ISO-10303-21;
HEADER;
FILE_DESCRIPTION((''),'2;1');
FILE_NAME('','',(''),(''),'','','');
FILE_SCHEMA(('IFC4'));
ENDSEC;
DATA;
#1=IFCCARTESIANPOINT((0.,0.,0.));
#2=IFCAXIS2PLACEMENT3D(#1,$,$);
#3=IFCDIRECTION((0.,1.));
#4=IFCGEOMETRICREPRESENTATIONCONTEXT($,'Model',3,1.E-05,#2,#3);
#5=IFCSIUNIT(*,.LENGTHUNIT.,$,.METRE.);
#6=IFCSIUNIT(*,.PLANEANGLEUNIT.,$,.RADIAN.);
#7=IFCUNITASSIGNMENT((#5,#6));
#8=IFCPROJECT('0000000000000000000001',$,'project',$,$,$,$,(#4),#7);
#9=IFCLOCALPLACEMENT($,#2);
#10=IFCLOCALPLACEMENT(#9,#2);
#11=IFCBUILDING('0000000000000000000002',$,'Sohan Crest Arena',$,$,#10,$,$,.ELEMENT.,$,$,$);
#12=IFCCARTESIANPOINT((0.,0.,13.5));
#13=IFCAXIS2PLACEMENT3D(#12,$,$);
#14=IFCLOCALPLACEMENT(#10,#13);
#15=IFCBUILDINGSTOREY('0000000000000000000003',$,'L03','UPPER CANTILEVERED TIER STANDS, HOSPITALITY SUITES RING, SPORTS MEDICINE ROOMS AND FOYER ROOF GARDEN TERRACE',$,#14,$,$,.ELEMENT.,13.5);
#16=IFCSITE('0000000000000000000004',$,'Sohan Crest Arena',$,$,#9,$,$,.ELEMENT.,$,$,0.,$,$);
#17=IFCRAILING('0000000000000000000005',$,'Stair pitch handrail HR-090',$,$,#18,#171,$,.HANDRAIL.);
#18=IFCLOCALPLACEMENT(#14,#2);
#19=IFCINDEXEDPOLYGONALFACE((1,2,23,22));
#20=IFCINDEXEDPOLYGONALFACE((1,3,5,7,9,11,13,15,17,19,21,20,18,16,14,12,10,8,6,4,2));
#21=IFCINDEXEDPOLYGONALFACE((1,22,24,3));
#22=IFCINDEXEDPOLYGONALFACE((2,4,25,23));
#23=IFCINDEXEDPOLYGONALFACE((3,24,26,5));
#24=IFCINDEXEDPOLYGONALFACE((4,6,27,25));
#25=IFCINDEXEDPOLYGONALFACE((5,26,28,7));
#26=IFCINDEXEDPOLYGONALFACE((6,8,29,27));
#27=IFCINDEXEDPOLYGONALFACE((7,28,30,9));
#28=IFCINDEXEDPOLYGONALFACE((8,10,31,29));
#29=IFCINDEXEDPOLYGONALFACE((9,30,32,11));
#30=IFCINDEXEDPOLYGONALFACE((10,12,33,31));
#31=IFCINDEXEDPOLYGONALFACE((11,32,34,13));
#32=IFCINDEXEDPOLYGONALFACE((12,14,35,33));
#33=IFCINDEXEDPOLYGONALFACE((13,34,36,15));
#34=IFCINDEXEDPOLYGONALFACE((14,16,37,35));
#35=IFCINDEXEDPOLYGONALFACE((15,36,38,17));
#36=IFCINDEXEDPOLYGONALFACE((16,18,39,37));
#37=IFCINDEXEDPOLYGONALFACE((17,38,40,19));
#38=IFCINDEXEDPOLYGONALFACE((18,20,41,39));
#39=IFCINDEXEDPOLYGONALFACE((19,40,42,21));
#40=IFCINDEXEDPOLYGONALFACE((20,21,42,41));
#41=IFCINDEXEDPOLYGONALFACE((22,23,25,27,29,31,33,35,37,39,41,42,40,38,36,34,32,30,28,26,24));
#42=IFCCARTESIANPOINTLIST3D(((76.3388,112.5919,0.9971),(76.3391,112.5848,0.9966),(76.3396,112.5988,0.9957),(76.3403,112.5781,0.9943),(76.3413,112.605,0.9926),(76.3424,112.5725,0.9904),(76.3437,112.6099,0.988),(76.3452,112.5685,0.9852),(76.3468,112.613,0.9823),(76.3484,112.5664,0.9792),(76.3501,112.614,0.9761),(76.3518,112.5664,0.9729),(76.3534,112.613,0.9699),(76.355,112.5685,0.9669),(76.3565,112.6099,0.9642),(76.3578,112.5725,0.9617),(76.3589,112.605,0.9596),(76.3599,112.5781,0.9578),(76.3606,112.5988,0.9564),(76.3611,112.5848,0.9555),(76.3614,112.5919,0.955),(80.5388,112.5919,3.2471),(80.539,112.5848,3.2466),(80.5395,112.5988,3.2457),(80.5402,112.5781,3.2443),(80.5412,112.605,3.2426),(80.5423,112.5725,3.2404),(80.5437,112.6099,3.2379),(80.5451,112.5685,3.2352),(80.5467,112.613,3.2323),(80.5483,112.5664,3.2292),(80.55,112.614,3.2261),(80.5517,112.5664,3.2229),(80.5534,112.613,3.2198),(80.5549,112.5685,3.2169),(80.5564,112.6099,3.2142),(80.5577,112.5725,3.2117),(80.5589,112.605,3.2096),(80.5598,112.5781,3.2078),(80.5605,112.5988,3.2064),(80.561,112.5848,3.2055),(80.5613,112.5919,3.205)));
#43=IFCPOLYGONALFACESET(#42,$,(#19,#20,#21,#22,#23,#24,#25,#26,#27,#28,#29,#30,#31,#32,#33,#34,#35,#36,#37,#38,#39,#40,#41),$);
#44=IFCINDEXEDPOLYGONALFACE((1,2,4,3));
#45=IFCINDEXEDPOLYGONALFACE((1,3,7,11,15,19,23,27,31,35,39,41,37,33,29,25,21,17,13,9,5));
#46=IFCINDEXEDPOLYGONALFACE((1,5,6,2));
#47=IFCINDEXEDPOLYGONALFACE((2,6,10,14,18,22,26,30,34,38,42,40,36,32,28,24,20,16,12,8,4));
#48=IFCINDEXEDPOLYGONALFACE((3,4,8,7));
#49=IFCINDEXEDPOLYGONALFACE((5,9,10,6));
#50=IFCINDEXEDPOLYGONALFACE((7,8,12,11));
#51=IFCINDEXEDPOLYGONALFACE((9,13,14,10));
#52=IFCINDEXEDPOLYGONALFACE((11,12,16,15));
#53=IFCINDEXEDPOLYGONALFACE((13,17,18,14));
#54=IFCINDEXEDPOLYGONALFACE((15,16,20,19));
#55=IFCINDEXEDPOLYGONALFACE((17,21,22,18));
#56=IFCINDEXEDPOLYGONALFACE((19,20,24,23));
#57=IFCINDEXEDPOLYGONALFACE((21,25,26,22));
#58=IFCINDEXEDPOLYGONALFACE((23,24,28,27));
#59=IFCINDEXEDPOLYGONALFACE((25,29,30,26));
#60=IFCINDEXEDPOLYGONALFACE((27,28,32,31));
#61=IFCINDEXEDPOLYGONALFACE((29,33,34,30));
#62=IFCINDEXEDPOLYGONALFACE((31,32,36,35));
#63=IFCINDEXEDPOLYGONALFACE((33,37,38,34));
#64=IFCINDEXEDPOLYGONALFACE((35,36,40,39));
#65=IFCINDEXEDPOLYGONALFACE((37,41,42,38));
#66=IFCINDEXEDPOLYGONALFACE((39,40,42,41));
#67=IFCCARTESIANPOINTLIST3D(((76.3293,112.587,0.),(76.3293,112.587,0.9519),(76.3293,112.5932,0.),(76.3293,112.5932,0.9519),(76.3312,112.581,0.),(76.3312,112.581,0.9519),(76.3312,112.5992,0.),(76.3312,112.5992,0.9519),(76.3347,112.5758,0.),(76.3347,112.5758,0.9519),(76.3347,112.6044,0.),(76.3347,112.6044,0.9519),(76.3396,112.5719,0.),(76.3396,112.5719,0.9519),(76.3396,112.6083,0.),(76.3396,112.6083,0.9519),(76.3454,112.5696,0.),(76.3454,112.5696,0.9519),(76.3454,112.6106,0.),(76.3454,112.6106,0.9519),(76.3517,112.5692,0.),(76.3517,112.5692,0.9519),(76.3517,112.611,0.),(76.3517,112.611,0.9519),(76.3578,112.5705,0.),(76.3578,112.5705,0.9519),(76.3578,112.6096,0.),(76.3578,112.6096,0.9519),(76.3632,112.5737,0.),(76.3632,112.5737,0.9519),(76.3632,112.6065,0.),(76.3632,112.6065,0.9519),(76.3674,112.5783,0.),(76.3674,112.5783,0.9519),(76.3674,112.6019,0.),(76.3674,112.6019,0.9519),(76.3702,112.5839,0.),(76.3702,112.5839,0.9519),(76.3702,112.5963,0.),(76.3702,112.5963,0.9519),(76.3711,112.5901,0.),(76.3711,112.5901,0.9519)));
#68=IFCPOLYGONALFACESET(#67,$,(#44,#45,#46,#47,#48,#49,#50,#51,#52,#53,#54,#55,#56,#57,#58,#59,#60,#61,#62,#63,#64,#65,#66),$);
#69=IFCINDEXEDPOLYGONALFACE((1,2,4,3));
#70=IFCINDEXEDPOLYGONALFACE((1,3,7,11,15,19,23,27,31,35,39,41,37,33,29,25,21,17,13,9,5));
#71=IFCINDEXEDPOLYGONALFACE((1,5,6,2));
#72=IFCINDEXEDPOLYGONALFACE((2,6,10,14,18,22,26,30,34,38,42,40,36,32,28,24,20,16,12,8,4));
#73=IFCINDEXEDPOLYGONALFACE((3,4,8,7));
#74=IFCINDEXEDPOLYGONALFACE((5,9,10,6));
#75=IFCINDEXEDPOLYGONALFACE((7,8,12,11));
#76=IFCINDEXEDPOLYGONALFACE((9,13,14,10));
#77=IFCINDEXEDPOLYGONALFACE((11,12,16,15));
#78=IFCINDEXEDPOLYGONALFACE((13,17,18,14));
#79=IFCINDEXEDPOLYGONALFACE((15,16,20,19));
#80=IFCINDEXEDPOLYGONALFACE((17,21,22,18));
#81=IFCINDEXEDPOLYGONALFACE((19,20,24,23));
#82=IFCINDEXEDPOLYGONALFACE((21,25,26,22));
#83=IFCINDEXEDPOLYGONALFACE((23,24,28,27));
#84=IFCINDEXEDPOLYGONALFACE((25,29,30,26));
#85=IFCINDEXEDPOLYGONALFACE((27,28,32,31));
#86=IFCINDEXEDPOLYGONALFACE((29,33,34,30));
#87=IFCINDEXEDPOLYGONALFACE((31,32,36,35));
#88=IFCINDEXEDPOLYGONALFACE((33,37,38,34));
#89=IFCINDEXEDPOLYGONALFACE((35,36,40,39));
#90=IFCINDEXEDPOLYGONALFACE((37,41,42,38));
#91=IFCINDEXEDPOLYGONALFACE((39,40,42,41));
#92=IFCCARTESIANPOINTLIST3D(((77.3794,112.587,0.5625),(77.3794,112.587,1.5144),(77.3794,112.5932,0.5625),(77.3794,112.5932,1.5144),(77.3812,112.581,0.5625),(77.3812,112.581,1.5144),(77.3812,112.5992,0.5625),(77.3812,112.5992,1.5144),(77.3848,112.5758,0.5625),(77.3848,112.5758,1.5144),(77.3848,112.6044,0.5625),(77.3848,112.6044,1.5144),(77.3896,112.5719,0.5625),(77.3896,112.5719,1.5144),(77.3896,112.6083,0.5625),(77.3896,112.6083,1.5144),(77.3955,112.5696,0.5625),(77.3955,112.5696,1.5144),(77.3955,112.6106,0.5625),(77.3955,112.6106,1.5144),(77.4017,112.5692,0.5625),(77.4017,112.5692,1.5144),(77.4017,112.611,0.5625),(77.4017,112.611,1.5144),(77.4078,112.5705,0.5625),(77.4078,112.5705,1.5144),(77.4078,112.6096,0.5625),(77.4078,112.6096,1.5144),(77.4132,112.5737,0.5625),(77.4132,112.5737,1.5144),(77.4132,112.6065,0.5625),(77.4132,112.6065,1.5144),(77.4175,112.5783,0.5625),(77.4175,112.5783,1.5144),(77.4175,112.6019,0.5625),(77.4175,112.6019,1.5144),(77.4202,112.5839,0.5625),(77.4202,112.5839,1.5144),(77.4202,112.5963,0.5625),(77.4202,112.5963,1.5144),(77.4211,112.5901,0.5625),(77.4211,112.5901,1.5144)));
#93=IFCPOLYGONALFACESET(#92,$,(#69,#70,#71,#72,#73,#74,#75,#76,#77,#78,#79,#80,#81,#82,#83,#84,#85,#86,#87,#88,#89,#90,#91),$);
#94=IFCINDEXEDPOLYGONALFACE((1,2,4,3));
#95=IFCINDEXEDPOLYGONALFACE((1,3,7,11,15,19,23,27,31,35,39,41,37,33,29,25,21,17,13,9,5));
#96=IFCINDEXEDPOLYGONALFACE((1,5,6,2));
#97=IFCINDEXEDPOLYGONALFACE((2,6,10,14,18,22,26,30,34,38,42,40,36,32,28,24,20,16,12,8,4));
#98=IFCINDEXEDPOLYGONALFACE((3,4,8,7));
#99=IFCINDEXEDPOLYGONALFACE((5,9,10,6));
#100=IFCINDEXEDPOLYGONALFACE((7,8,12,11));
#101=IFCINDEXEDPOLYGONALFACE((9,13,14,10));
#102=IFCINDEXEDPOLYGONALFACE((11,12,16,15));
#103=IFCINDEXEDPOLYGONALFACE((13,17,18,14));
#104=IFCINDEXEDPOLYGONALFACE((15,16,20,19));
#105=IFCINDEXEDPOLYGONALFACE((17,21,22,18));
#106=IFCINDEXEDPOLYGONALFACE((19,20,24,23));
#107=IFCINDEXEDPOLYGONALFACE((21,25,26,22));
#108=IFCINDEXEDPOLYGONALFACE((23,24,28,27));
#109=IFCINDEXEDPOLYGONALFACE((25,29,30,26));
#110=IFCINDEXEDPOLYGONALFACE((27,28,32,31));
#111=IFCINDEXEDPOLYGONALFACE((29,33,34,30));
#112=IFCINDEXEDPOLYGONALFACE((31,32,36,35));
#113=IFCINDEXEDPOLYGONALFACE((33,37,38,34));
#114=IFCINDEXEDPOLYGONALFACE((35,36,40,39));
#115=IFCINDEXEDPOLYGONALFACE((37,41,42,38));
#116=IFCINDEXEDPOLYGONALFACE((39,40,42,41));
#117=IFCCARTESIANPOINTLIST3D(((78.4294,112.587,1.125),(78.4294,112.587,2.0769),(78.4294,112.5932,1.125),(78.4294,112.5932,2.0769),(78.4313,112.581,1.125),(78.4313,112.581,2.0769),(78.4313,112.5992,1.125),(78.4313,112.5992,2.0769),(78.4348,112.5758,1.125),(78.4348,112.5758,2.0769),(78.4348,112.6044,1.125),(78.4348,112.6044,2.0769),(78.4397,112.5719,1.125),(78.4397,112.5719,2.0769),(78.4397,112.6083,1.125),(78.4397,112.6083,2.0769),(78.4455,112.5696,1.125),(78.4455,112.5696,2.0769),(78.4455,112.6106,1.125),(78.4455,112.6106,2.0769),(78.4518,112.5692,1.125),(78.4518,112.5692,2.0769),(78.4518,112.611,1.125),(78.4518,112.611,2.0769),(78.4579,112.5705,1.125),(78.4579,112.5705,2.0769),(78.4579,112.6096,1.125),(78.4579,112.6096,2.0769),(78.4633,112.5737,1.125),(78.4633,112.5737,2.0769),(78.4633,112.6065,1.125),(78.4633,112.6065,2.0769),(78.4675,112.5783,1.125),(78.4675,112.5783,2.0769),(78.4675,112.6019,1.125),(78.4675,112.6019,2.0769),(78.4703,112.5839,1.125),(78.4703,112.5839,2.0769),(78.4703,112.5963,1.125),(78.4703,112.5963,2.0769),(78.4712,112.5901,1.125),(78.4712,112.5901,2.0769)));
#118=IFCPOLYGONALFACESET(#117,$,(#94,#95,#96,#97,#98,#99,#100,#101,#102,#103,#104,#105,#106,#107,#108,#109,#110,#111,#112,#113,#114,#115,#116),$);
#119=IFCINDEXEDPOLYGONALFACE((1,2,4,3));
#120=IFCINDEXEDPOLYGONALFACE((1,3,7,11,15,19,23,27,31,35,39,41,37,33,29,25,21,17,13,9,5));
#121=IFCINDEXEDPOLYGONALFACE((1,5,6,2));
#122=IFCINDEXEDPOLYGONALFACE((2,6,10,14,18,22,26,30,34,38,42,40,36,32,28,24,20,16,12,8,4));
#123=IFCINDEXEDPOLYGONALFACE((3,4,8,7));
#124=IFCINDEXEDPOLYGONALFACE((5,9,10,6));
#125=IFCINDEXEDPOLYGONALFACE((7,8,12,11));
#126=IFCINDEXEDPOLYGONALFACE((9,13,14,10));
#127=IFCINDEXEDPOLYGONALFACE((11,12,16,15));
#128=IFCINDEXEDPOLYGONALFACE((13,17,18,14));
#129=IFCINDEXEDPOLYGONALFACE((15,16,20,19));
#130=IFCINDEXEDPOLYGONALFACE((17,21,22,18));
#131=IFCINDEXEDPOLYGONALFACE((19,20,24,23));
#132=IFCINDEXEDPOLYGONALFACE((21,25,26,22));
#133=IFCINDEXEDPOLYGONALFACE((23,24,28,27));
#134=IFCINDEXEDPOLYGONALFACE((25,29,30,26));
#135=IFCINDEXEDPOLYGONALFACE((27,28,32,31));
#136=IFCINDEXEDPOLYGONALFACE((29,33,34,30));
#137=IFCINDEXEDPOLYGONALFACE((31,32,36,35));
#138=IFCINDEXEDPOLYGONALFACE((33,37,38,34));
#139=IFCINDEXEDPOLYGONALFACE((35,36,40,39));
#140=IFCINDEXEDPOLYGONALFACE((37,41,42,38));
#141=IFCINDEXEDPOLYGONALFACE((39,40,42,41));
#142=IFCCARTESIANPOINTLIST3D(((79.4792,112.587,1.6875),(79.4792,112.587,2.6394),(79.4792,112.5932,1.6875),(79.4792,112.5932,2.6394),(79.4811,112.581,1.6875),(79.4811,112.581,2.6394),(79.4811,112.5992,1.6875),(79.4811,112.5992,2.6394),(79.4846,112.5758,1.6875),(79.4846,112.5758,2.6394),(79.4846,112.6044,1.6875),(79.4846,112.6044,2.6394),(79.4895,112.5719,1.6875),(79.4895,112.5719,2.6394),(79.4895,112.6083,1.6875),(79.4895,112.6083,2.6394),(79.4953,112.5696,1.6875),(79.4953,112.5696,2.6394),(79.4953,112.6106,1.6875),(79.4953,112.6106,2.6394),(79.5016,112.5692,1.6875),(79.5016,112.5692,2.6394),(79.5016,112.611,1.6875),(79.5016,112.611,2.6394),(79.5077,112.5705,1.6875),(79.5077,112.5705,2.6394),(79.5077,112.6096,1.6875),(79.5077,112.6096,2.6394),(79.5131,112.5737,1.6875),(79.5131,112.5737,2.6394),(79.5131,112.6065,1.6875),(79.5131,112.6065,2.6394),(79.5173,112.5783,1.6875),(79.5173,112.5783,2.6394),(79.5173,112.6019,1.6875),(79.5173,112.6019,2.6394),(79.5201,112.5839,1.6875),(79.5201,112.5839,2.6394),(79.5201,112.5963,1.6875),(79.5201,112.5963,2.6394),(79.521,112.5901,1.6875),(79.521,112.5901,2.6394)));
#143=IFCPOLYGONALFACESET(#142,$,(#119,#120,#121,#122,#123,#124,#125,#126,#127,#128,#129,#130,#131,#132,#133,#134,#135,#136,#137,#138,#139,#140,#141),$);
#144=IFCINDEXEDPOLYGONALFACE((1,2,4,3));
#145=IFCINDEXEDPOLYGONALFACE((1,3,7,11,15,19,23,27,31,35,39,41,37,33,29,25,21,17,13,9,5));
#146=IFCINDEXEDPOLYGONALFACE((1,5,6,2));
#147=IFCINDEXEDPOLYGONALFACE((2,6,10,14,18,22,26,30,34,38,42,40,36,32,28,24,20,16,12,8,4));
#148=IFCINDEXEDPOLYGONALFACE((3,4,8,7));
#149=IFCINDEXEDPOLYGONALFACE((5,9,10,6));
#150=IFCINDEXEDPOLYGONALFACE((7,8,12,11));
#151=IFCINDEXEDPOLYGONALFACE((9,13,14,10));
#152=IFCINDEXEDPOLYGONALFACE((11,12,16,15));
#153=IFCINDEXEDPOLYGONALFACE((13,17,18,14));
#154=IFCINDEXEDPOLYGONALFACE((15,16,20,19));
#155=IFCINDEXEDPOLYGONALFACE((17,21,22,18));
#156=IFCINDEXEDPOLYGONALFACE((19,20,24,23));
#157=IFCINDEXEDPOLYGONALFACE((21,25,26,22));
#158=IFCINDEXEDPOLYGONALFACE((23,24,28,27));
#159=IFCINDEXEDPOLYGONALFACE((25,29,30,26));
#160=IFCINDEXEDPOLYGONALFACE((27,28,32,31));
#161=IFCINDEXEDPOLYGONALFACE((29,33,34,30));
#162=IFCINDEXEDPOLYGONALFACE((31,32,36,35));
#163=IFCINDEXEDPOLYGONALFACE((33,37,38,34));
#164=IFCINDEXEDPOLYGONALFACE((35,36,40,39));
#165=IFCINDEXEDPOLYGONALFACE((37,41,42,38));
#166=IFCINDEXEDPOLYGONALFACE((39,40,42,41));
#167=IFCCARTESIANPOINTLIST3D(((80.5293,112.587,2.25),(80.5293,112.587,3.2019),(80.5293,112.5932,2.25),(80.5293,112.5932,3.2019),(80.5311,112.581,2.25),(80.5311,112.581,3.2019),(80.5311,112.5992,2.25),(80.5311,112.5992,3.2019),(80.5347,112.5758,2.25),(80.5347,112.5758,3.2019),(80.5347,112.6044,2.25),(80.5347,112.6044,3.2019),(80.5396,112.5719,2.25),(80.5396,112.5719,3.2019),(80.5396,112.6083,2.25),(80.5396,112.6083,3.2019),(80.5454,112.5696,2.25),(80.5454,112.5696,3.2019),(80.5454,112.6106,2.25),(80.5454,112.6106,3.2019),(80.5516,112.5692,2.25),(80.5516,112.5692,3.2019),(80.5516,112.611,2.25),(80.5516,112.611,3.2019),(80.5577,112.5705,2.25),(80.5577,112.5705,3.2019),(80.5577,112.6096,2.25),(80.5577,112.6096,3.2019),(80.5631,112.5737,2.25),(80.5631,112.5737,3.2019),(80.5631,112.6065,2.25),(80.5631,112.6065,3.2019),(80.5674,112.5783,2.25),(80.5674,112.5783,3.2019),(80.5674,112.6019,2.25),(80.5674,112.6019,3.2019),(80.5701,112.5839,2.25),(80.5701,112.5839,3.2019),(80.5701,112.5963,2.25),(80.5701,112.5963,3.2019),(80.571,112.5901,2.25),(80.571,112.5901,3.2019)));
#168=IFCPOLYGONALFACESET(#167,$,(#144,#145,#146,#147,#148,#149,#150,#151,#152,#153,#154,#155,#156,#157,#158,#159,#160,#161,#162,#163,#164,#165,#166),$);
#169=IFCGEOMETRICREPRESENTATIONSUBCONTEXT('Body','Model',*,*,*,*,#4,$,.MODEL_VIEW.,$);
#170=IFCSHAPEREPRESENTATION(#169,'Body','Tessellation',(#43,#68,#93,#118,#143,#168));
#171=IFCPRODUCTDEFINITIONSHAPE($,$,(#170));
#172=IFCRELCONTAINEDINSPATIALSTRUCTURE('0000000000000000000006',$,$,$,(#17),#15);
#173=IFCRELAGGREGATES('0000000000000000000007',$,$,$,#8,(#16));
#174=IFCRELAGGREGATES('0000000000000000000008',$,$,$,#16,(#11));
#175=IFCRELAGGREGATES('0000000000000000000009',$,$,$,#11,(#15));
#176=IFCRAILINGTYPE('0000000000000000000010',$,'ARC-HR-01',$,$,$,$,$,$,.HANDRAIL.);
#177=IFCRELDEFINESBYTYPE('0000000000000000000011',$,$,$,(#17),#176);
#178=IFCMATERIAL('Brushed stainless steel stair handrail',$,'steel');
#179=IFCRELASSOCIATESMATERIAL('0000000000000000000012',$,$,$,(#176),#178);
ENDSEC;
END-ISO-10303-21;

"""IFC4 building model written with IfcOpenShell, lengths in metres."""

from ifc_helpers import new_model, si_unit, direction, frame, origin, origin_2d, place, context, subcontext, project, spatial, circle, extrude, material, type_object, element, save


model = new_model("IFC4")

# Units and contexts
model_context = context("Model", 3, precision=1e-05, world=origin(), true_north=direction((0.0, 1.0)))
body_context = subcontext(model_context, "Body", "Model", "MODEL_VIEW")
ifc_project = project(units=[si_unit("LENGTHUNIT", "METRE"), si_unit("PLANEANGLEUNIT", "RADIAN")], contexts=[model_context])

# Site, building, storey
site_placement = place(None, origin())
site = spatial("IfcSite", under=ifc_project, at=site_placement, Name="Sohan Crest Arena", CompositionType="ELEMENT", RefElevation=0.0)
building_placement = place(site_placement, origin())
building = spatial("IfcBuilding", under=site, at=building_placement, Name="Sohan Crest Arena", CompositionType="ELEMENT")
storey_placement = place(building_placement, frame((0.0, 0.0, 13.5)))
storey = spatial("IfcBuildingStorey", under=building, at=storey_placement, Name="L03", Description="UPPER CANTILEVERED TIER STANDS, HOSPITALITY SUITES RING, SPORTS MEDICINE ROOMS AND FOYER ROOF GARDEN TERRACE", CompositionType="ELEMENT", Elevation=13.5)

# Railing
ifc_material_1 = material(Name="Brushed stainless steel stair handrail", Category="steel")
railing_type_1 = type_object("IfcRailingType", Name="ARC-HR-01", PredefinedType="HANDRAIL", material=ifc_material_1)
for number, where, name in (
    (1, (76.3501, 112.5901, 0.0), "Stair pitch handrail HR-090"),
):
    element("IfcRailing", number, at=place(storey_placement, frame(where)), inside=storey, type_object=railing_type_1, Name=name, PredefinedType="HANDRAIL", context=body_context, shape_type="SweptSolid", body=[
        extrude(circle(Radius=0.0239, at=origin_2d()), frame((0.0, 0.0, 0.9761), z_axis=(0.881478, 0.0, 0.472226), x_axis=(0.0, 1.0, 0.0)), (0.0, 0.0, 1.0), 4.7646),
        extrude(circle(Radius=0.021, at=origin_2d()), origin(), (0.0, 0.0, 1.0), 0.9519),
        extrude(circle(Radius=0.021, at=origin_2d()), frame((1.05, 0.0, 0.5625)), (0.0, 0.0, 1.0), 0.9519),
        extrude(circle(Radius=0.021, at=origin_2d()), frame((2.1001, 0.0, 1.125)), (0.0, 0.0, 1.0), 0.9519),
        extrude(circle(Radius=0.021, at=origin_2d()), frame((3.1499, 0.0, 1.6875)), (0.0, 0.0, 1.0), 0.9519),
        extrude(circle(Radius=0.021, at=origin_2d()), frame((4.2, 0.0, 2.25)), (0.0, 0.0, 1.0), 0.9519),
    ])

save(model, "model.ifc")
